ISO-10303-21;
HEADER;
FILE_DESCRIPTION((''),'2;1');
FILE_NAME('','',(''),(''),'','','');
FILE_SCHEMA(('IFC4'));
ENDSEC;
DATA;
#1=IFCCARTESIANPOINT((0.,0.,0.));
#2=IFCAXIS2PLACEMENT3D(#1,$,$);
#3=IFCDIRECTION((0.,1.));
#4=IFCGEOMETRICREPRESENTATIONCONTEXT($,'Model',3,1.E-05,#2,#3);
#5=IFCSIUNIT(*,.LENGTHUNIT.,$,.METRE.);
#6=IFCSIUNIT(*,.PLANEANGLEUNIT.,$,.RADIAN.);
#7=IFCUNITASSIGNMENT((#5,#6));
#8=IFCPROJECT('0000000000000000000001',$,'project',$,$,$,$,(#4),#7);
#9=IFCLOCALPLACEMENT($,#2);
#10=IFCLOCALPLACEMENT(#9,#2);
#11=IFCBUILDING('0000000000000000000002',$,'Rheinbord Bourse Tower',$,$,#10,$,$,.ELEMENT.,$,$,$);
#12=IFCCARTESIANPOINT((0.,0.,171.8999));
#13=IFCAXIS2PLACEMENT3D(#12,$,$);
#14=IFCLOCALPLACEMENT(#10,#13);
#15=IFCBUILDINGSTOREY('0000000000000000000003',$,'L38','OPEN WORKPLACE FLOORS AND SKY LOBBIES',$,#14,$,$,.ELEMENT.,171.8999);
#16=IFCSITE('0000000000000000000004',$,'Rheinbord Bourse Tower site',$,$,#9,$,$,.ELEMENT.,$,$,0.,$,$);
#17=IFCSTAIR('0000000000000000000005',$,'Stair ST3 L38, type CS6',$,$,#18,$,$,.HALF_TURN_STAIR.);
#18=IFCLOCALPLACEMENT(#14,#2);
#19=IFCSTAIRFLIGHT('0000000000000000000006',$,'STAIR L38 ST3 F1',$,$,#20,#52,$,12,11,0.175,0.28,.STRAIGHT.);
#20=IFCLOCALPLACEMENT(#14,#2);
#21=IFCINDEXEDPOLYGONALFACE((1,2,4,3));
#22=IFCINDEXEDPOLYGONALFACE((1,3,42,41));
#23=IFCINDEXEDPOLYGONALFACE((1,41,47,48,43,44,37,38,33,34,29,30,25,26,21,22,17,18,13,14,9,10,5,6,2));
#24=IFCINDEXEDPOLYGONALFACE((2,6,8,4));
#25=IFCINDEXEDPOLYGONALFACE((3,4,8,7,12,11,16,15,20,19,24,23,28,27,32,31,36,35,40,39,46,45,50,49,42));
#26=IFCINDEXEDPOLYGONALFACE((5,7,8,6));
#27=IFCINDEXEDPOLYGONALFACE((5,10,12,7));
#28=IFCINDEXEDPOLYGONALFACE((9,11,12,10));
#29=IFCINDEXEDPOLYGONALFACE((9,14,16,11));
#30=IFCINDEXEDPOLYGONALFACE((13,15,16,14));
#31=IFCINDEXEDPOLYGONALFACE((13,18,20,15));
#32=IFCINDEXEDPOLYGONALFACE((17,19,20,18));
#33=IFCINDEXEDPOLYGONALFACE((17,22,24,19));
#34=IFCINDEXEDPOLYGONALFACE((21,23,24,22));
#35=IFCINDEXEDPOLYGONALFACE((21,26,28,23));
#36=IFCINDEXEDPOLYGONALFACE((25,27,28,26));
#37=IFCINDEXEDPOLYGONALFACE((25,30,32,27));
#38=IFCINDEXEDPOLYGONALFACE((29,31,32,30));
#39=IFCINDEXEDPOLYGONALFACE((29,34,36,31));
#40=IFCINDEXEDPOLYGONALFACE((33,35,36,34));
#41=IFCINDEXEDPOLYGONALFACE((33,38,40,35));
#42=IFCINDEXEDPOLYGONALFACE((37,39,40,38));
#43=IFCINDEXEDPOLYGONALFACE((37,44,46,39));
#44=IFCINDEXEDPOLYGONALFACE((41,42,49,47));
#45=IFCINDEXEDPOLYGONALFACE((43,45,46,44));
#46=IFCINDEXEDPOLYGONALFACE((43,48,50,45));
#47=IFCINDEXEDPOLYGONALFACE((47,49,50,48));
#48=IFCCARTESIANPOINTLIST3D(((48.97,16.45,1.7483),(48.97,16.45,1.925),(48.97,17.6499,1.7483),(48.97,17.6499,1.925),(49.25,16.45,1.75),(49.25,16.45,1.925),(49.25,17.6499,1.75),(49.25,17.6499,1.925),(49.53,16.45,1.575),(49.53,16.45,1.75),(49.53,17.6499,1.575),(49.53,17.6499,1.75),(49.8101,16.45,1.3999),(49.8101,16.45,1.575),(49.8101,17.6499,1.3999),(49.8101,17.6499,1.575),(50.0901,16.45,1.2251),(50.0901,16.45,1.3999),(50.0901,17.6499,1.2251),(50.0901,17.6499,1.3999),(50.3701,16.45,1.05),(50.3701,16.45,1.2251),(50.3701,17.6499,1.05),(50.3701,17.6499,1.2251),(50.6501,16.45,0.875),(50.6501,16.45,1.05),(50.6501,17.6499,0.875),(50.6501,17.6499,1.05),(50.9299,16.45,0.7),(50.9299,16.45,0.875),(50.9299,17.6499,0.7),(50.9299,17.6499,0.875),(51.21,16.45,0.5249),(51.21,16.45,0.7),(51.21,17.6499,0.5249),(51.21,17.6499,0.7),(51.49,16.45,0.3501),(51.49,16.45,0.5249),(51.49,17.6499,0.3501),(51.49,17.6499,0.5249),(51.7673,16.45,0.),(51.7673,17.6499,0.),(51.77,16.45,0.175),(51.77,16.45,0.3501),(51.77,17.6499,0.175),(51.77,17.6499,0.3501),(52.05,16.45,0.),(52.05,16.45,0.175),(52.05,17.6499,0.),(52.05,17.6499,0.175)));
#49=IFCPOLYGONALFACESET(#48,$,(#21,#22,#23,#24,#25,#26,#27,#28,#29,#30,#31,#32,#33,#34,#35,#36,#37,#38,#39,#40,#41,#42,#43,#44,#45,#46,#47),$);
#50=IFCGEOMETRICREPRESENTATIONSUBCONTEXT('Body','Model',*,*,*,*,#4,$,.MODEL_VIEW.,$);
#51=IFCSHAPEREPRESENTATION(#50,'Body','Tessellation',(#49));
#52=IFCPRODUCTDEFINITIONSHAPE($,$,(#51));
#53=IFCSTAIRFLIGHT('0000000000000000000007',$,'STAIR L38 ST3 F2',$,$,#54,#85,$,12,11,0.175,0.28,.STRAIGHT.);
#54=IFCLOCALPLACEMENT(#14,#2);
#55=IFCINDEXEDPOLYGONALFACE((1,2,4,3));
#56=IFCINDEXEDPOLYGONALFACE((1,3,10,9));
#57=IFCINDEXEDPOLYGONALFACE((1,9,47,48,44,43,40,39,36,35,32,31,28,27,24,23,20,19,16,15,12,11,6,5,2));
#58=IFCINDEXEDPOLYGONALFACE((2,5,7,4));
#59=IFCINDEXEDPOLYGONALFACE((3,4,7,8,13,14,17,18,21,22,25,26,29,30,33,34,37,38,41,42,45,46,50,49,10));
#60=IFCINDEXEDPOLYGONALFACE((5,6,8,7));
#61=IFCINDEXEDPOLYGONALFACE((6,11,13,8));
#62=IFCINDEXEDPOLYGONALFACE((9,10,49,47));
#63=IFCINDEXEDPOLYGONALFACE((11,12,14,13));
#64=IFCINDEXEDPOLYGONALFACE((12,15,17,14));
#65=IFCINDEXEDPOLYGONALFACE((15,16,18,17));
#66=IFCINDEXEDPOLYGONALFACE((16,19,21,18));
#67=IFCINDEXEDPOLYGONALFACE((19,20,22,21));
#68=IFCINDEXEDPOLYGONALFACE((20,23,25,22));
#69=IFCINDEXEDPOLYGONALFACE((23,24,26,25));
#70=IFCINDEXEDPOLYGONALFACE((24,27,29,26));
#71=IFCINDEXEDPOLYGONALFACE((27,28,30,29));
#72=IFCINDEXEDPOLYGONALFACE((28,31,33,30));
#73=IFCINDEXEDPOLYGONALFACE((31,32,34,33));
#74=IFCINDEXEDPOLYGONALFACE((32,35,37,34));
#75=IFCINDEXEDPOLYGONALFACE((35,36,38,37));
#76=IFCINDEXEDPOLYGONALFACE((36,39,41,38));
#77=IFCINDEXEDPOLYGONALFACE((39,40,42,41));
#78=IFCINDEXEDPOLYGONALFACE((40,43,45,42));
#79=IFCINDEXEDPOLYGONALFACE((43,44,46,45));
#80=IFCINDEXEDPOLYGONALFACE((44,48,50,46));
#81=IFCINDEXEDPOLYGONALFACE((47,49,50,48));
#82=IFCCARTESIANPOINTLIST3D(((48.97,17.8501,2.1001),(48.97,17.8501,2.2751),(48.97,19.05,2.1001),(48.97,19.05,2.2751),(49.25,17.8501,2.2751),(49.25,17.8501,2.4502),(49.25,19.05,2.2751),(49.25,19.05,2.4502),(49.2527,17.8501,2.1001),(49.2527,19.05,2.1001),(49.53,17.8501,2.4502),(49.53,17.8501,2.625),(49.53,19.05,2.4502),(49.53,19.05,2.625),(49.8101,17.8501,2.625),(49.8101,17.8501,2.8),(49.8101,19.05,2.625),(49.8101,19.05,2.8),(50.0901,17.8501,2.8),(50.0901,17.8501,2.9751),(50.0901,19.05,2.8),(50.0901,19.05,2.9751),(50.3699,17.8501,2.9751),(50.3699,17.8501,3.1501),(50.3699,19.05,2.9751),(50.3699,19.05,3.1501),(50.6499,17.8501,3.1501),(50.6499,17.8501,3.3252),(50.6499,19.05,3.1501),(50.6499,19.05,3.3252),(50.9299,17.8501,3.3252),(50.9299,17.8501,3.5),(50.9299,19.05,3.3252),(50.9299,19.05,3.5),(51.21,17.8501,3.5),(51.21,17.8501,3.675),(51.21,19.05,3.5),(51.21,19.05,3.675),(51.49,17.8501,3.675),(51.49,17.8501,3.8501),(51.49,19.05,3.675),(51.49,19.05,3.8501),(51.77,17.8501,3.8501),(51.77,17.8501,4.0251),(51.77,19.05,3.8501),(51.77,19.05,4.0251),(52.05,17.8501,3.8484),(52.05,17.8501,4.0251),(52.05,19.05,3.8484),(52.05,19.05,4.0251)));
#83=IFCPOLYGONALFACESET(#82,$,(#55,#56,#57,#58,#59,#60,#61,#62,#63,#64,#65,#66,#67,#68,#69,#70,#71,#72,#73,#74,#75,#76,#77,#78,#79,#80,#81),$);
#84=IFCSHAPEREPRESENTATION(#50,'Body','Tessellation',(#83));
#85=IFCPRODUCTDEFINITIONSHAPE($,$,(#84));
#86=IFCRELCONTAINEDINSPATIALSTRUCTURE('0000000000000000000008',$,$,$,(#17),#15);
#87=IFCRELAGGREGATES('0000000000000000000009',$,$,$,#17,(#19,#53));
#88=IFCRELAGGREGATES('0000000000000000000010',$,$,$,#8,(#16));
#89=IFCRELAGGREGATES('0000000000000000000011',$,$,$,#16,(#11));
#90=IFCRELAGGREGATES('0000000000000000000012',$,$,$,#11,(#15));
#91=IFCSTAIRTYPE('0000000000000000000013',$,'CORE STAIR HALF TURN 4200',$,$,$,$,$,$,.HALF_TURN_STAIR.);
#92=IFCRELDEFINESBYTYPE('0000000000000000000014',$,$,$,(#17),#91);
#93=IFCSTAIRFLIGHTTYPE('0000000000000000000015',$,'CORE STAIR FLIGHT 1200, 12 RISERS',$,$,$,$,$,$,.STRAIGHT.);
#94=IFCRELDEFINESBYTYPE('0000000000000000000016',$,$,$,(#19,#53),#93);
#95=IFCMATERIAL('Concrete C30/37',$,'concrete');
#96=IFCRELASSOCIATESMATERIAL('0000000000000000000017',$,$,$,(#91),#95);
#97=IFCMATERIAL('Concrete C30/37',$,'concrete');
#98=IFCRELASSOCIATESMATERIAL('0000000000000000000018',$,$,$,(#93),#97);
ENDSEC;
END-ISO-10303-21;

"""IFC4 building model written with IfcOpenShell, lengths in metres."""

from ifc_helpers import new_model, si_unit, direction, frame, origin, place, context, subcontext, project, spatial, polyline, outline, extrude, material, type_object, element, aggregate, save


model = new_model("IFC4")

# Units and contexts
model_context = context("Model", 3, precision=1e-05, world=origin(), true_north=direction((0.0, 1.0)))
body_context = subcontext(model_context, "Body", "Model", "MODEL_VIEW")
ifc_project = project(units=[si_unit("LENGTHUNIT", "METRE"), si_unit("PLANEANGLEUNIT", "RADIAN")], contexts=[model_context])

# Site, building, storey
site_placement = place(None, origin())
site = spatial("IfcSite", under=ifc_project, at=site_placement, Name="Rheinbord Bourse Tower site", CompositionType="ELEMENT", RefElevation=0.0)
building_placement = place(site_placement, origin())
building = spatial("IfcBuilding", under=site, at=building_placement, Name="Rheinbord Bourse Tower", CompositionType="ELEMENT")
storey_placement = place(building_placement, frame((0.0, 0.0, 171.8999)))
storey = spatial("IfcBuildingStorey", under=building, at=storey_placement, Name="L38", Description="OPEN WORKPLACE FLOORS AND SKY LOBBIES", CompositionType="ELEMENT", Elevation=171.8999)

# Stair, stair flights
ifc_material_1 = material(Name="Concrete C30/37", Category="concrete")
stair_type = type_object("IfcStairType", Name="CORE STAIR HALF TURN 4200", PredefinedType="HALF_TURN_STAIR", material=ifc_material_1)
stair_placement = place(storey_placement, origin())
stair = element("IfcStair", 1, at=stair_placement, inside=storey, type_object=stair_type, Name="Stair ST3 L38, type CS6", PredefinedType="HALF_TURN_STAIR")
ifc_material_2 = material(Name="Concrete C30/37", Category="concrete")
stair_flight_type = type_object("IfcStairFlightType", Name="CORE STAIR FLIGHT 1200, 12 RISERS", PredefinedType="STRAIGHT", material=ifc_material_2)
stair_flight_1_placement = place(storey_placement, frame((52.05, 17.05, 0.0), z_axis=(0.0, 0.0, 1.0), x_axis=(-1.0, 0.0, 0.0)))
stair_flight_1 = element("IfcStairFlight", 2, at=stair_flight_1_placement, type_object=stair_flight_type, Name="STAIR L38 ST3 F1", NumberOfRisers=12, NumberOfTreads=11, PredefinedType="STRAIGHT", RiserHeight=0.175, TreadLength=0.28, context=body_context, shape_type="SweptSolid", body=[
    extrude(outline(polyline([(0.0, 0.0), (0.0, 0.175), (0.28, 0.175), (0.28, 0.3501), (0.5601, 0.3501), (0.5601, 0.5249), (0.8401, 0.5249), (0.8401, 0.7), (1.1201, 0.7), (1.1201, 0.875), (1.3999, 0.875), (1.3999, 1.05), (1.6799, 1.05), (1.6799, 1.2251), (1.96, 1.2251), (1.96, 1.3999), (2.24, 1.3999), (2.24, 1.575), (2.52, 1.575), (2.52, 1.75), (2.8, 1.75), (2.8, 1.925), (3.0801, 1.925), (3.0801, 2.1001), (3.0801, 1.7483), (0.2827, 0.0), (0.0, 0.0)])), frame((0.0, 0.6001, 0.0), z_axis=(0.0, -1.0, 0.0), x_axis=(1.0, 0.0, 0.0)), (0.0, 0.0, 1.0), 1.2),
])
stair_flight_2_placement = place(storey_placement, frame((48.97, 18.45, 2.1001), z_axis=(0.0, 0.0, 1.0), x_axis=(1.0, 0.0, 0.0)))
stair_flight_2 = element("IfcStairFlight", 3, at=stair_flight_2_placement, type_object=stair_flight_type, Name="STAIR L38 ST3 F2", NumberOfRisers=12, NumberOfTreads=11, PredefinedType="STRAIGHT", RiserHeight=0.175, TreadLength=0.28, context=body_context, shape_type="SweptSolid", body=[
    extrude(outline(polyline([(0.0, 0.0), (0.0, 0.175), (0.28, 0.175), (0.28, 0.3501), (0.5601, 0.3501), (0.5601, 0.5249), (0.8401, 0.5249), (0.8401, 0.7), (1.1201, 0.7), (1.1201, 0.875), (1.3999, 0.875), (1.3999, 1.05), (1.6799, 1.05), (1.6799, 1.2251), (1.96, 1.2251), (1.96, 1.3999), (2.24, 1.3999), (2.24, 1.575), (2.52, 1.575), (2.52, 1.75), (2.8, 1.75), (2.8, 1.925), (3.0801, 1.925), (3.0801, 2.1001), (3.0801, 1.7483), (0.2827, 0.0), (0.0, 0.0)])), frame((0.0, 0.6001, 0.0), z_axis=(0.0, -1.0, 0.0), x_axis=(1.0, 0.0, 0.0)), (0.0, 0.0, 1.0), 1.2),
])
aggregate(stair, [stair_flight_1, stair_flight_2])

save(model, "model.ifc")
